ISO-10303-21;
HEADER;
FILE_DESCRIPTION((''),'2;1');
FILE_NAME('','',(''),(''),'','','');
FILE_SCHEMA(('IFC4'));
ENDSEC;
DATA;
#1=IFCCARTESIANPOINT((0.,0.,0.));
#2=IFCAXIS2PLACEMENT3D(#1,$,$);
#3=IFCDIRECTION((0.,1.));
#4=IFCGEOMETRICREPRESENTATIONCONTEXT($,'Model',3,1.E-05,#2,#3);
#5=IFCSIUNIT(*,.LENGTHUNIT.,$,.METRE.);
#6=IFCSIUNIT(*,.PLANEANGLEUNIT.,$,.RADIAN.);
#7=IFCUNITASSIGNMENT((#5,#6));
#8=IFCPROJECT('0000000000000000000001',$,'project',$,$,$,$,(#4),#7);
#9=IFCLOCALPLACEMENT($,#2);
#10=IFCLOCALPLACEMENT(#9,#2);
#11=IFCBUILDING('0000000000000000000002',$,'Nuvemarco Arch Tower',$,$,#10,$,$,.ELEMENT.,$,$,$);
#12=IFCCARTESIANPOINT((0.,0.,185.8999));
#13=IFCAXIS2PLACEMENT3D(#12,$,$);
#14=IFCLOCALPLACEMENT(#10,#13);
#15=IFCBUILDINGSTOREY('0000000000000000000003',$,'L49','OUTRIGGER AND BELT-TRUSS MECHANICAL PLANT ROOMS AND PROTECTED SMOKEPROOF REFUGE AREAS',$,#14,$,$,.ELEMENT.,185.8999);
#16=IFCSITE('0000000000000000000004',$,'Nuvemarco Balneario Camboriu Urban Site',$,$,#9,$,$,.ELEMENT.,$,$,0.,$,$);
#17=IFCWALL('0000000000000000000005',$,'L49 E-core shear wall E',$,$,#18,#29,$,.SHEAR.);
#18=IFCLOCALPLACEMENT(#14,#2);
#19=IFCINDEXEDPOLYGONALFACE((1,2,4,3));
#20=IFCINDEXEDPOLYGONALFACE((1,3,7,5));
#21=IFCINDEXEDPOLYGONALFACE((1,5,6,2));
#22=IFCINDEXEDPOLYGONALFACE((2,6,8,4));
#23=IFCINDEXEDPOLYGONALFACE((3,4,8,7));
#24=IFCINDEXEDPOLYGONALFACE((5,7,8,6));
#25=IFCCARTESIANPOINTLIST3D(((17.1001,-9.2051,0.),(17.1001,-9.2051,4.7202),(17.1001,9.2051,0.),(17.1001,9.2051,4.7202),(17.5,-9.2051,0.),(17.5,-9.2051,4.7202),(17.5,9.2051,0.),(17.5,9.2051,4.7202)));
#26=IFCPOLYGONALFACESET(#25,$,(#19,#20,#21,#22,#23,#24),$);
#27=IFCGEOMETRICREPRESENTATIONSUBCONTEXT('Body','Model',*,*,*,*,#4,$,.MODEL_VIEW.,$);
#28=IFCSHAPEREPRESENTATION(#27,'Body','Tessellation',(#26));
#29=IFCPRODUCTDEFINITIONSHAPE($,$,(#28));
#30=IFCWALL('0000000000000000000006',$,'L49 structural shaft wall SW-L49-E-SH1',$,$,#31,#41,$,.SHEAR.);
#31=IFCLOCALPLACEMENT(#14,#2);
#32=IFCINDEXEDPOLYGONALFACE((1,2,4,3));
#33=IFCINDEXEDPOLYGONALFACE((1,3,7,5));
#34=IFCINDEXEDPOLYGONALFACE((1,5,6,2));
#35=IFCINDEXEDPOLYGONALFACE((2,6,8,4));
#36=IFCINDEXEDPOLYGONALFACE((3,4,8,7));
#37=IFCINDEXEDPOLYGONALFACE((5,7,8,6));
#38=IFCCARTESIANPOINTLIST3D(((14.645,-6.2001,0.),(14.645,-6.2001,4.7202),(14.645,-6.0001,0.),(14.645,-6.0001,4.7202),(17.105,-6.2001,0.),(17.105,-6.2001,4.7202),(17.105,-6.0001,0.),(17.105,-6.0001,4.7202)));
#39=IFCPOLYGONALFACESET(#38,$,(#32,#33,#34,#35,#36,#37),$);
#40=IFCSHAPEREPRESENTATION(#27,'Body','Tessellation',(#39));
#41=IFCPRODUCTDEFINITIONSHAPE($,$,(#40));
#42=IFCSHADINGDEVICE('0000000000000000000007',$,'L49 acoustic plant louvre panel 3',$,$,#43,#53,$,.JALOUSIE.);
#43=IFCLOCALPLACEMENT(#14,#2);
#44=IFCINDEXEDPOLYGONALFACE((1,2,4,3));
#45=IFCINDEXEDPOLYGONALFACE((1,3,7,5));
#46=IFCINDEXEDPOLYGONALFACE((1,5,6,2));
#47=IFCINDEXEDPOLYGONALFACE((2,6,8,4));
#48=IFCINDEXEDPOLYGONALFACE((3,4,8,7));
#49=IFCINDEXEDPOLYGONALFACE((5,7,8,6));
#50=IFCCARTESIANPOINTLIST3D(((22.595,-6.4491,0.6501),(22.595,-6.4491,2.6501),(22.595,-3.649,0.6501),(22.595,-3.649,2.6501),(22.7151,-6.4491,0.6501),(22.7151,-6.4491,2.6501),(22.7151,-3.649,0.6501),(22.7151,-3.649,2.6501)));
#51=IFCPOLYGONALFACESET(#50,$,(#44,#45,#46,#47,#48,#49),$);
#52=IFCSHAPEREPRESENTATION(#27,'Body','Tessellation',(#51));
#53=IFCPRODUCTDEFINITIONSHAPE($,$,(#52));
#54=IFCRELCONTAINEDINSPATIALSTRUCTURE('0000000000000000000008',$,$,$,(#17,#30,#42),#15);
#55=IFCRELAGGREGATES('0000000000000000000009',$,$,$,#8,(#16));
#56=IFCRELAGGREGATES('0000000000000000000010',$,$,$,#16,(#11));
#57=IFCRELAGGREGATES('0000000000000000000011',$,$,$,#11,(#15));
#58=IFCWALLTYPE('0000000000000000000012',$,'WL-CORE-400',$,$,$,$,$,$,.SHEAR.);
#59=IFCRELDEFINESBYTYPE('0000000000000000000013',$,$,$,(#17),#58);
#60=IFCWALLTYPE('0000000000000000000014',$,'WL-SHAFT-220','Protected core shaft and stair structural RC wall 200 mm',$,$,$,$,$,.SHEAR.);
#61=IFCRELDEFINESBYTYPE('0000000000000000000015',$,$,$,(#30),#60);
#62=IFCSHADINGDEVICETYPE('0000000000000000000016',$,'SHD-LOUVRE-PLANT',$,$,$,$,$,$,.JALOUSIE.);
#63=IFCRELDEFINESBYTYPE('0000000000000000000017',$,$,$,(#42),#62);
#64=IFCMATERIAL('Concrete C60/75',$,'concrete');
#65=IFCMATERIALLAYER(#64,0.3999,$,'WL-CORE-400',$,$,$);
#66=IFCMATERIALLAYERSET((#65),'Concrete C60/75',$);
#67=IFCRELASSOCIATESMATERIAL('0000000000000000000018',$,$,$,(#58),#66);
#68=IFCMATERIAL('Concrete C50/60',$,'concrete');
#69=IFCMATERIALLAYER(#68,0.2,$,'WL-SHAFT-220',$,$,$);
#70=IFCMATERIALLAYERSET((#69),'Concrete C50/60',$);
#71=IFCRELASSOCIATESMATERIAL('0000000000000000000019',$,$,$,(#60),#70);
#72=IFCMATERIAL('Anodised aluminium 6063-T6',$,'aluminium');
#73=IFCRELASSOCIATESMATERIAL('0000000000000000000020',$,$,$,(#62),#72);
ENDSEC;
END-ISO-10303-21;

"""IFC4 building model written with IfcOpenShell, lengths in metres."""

from ifc_helpers import new_model, si_unit, direction, frame, frame_2d, origin, origin_2d, place, context, subcontext, project, spatial, rectangle, extrude, source, transform, mapped, material, layer, layer_set, type_object, type_shapes, element, save


model = new_model("IFC4")

# Units and contexts
model_context = context("Model", 3, precision=1e-05, world=origin(), true_north=direction((0.0, 1.0)))
body_context = subcontext(model_context, "Body", "Model", "MODEL_VIEW")
ifc_project = project(units=[si_unit("LENGTHUNIT", "METRE"), si_unit("PLANEANGLEUNIT", "RADIAN")], contexts=[model_context])

# Site, building, storey
site_placement = place(None, origin())
site = spatial("IfcSite", under=ifc_project, at=site_placement, Name="Nuvemarco Balneario Camboriu Urban Site", CompositionType="ELEMENT", RefElevation=0.0)
building_placement = place(site_placement, origin())
building = spatial("IfcBuilding", under=site, at=building_placement, Name="Nuvemarco Arch Tower", CompositionType="ELEMENT")
storey_placement = place(building_placement, frame((0.0, 0.0, 185.8999)))
storey = spatial("IfcBuildingStorey", under=building, at=storey_placement, Name="L49", Description="OUTRIGGER AND BELT-TRUSS MECHANICAL PLANT ROOMS AND PROTECTED SMOKEPROOF REFUGE AREAS", CompositionType="ELEMENT", Elevation=185.8999)

# Shared definitions
ifc_material_1 = material(Name="Concrete C50/60", Category="concrete")

# Walls
ifc_material_2 = material(Name="Concrete C60/75", Category="concrete")
ifc_layer_1 = layer(ifc_material_2, 0.3999, Name="WL-CORE-400")
ifc_layer_set_1 = layer_set([ifc_layer_1], Name="Concrete C60/75")
wall_type_1 = type_object("IfcWallType", Name="WL-CORE-400", PredefinedType="SHEAR", material=ifc_layer_set_1)
wall_1_placement = place(storey_placement, frame((17.3, -9.2051, 0.0), z_axis=(0.0, 0.0, 1.0), x_axis=(0.0, 1.0, 0.0)))
element("IfcWall", 1, at=wall_1_placement, inside=storey, type_object=wall_type_1, Name="L49 E-core shear wall E", PredefinedType="SHEAR", context=body_context, shape_type="SweptSolid", body=[
    extrude(rectangle(XDim=18.4102, YDim=0.3999, at=frame_2d((9.2051, 0.0))), origin(), (0.0, 0.0, 1.0), 4.7202),
])
ifc_layer_2 = layer(ifc_material_1, 0.2, Name="WL-SHAFT-220")
ifc_layer_set_2 = layer_set([ifc_layer_2], Name="Concrete C50/60")
wall_type_2 = type_object("IfcWallType", Name="WL-SHAFT-220", Description="Protected core shaft and stair structural RC wall 200 mm", PredefinedType="SHEAR", material=ifc_layer_set_2)
wall_2_placement = place(storey_placement, frame((14.645, -6.1001, 0.0), z_axis=(0.0, 0.0, 1.0), x_axis=(1.0, 0.0, 0.0)))
element("IfcWall", 2, at=wall_2_placement, inside=storey, type_object=wall_type_2, Name="L49 structural shaft wall SW-L49-E-SH1", PredefinedType="SHEAR", context=body_context, shape_type="SweptSolid", body=[
    extrude(rectangle(XDim=2.46, YDim=0.2, at=frame_2d((1.23, 0.0))), origin(), (0.0, 0.0, 1.0), 4.7202),
])

# Shading device
ifc_material_3 = material(Name="Anodised aluminium 6063-T6", Category="aluminium")
shading_device_type = type_object("IfcShadingDeviceType", Name="SHD-LOUVRE-PLANT", PredefinedType="JALOUSIE", material=ifc_material_3)
shared_shape_1 = source(origin(), body_context, "Body", "SweptSolid", [
    extrude(rectangle(XDim=2.8, YDim=0.1201, at=origin_2d()), origin(), (0.0, 0.0, 1.0), 2.0),
])
type_shapes(shading_device_type, [shared_shape_1])
shading_device_placement = place(storey_placement, frame((22.655, -5.0491, 0.6501), z_axis=(0.0, 0.0, 1.0), x_axis=(0.0, 1.0, 0.0)))
element("IfcShadingDevice", 3, at=shading_device_placement, inside=storey, type_object=shading_device_type, Name="L49 acoustic plant louvre panel 3", PredefinedType="JALOUSIE", context=body_context, shape_type="MappedRepresentation", body=[
    mapped(shared_shape_1, transform((0.0, 0.0, 0.0), scale=1.0)),
])

save(model, "model.ifc")
